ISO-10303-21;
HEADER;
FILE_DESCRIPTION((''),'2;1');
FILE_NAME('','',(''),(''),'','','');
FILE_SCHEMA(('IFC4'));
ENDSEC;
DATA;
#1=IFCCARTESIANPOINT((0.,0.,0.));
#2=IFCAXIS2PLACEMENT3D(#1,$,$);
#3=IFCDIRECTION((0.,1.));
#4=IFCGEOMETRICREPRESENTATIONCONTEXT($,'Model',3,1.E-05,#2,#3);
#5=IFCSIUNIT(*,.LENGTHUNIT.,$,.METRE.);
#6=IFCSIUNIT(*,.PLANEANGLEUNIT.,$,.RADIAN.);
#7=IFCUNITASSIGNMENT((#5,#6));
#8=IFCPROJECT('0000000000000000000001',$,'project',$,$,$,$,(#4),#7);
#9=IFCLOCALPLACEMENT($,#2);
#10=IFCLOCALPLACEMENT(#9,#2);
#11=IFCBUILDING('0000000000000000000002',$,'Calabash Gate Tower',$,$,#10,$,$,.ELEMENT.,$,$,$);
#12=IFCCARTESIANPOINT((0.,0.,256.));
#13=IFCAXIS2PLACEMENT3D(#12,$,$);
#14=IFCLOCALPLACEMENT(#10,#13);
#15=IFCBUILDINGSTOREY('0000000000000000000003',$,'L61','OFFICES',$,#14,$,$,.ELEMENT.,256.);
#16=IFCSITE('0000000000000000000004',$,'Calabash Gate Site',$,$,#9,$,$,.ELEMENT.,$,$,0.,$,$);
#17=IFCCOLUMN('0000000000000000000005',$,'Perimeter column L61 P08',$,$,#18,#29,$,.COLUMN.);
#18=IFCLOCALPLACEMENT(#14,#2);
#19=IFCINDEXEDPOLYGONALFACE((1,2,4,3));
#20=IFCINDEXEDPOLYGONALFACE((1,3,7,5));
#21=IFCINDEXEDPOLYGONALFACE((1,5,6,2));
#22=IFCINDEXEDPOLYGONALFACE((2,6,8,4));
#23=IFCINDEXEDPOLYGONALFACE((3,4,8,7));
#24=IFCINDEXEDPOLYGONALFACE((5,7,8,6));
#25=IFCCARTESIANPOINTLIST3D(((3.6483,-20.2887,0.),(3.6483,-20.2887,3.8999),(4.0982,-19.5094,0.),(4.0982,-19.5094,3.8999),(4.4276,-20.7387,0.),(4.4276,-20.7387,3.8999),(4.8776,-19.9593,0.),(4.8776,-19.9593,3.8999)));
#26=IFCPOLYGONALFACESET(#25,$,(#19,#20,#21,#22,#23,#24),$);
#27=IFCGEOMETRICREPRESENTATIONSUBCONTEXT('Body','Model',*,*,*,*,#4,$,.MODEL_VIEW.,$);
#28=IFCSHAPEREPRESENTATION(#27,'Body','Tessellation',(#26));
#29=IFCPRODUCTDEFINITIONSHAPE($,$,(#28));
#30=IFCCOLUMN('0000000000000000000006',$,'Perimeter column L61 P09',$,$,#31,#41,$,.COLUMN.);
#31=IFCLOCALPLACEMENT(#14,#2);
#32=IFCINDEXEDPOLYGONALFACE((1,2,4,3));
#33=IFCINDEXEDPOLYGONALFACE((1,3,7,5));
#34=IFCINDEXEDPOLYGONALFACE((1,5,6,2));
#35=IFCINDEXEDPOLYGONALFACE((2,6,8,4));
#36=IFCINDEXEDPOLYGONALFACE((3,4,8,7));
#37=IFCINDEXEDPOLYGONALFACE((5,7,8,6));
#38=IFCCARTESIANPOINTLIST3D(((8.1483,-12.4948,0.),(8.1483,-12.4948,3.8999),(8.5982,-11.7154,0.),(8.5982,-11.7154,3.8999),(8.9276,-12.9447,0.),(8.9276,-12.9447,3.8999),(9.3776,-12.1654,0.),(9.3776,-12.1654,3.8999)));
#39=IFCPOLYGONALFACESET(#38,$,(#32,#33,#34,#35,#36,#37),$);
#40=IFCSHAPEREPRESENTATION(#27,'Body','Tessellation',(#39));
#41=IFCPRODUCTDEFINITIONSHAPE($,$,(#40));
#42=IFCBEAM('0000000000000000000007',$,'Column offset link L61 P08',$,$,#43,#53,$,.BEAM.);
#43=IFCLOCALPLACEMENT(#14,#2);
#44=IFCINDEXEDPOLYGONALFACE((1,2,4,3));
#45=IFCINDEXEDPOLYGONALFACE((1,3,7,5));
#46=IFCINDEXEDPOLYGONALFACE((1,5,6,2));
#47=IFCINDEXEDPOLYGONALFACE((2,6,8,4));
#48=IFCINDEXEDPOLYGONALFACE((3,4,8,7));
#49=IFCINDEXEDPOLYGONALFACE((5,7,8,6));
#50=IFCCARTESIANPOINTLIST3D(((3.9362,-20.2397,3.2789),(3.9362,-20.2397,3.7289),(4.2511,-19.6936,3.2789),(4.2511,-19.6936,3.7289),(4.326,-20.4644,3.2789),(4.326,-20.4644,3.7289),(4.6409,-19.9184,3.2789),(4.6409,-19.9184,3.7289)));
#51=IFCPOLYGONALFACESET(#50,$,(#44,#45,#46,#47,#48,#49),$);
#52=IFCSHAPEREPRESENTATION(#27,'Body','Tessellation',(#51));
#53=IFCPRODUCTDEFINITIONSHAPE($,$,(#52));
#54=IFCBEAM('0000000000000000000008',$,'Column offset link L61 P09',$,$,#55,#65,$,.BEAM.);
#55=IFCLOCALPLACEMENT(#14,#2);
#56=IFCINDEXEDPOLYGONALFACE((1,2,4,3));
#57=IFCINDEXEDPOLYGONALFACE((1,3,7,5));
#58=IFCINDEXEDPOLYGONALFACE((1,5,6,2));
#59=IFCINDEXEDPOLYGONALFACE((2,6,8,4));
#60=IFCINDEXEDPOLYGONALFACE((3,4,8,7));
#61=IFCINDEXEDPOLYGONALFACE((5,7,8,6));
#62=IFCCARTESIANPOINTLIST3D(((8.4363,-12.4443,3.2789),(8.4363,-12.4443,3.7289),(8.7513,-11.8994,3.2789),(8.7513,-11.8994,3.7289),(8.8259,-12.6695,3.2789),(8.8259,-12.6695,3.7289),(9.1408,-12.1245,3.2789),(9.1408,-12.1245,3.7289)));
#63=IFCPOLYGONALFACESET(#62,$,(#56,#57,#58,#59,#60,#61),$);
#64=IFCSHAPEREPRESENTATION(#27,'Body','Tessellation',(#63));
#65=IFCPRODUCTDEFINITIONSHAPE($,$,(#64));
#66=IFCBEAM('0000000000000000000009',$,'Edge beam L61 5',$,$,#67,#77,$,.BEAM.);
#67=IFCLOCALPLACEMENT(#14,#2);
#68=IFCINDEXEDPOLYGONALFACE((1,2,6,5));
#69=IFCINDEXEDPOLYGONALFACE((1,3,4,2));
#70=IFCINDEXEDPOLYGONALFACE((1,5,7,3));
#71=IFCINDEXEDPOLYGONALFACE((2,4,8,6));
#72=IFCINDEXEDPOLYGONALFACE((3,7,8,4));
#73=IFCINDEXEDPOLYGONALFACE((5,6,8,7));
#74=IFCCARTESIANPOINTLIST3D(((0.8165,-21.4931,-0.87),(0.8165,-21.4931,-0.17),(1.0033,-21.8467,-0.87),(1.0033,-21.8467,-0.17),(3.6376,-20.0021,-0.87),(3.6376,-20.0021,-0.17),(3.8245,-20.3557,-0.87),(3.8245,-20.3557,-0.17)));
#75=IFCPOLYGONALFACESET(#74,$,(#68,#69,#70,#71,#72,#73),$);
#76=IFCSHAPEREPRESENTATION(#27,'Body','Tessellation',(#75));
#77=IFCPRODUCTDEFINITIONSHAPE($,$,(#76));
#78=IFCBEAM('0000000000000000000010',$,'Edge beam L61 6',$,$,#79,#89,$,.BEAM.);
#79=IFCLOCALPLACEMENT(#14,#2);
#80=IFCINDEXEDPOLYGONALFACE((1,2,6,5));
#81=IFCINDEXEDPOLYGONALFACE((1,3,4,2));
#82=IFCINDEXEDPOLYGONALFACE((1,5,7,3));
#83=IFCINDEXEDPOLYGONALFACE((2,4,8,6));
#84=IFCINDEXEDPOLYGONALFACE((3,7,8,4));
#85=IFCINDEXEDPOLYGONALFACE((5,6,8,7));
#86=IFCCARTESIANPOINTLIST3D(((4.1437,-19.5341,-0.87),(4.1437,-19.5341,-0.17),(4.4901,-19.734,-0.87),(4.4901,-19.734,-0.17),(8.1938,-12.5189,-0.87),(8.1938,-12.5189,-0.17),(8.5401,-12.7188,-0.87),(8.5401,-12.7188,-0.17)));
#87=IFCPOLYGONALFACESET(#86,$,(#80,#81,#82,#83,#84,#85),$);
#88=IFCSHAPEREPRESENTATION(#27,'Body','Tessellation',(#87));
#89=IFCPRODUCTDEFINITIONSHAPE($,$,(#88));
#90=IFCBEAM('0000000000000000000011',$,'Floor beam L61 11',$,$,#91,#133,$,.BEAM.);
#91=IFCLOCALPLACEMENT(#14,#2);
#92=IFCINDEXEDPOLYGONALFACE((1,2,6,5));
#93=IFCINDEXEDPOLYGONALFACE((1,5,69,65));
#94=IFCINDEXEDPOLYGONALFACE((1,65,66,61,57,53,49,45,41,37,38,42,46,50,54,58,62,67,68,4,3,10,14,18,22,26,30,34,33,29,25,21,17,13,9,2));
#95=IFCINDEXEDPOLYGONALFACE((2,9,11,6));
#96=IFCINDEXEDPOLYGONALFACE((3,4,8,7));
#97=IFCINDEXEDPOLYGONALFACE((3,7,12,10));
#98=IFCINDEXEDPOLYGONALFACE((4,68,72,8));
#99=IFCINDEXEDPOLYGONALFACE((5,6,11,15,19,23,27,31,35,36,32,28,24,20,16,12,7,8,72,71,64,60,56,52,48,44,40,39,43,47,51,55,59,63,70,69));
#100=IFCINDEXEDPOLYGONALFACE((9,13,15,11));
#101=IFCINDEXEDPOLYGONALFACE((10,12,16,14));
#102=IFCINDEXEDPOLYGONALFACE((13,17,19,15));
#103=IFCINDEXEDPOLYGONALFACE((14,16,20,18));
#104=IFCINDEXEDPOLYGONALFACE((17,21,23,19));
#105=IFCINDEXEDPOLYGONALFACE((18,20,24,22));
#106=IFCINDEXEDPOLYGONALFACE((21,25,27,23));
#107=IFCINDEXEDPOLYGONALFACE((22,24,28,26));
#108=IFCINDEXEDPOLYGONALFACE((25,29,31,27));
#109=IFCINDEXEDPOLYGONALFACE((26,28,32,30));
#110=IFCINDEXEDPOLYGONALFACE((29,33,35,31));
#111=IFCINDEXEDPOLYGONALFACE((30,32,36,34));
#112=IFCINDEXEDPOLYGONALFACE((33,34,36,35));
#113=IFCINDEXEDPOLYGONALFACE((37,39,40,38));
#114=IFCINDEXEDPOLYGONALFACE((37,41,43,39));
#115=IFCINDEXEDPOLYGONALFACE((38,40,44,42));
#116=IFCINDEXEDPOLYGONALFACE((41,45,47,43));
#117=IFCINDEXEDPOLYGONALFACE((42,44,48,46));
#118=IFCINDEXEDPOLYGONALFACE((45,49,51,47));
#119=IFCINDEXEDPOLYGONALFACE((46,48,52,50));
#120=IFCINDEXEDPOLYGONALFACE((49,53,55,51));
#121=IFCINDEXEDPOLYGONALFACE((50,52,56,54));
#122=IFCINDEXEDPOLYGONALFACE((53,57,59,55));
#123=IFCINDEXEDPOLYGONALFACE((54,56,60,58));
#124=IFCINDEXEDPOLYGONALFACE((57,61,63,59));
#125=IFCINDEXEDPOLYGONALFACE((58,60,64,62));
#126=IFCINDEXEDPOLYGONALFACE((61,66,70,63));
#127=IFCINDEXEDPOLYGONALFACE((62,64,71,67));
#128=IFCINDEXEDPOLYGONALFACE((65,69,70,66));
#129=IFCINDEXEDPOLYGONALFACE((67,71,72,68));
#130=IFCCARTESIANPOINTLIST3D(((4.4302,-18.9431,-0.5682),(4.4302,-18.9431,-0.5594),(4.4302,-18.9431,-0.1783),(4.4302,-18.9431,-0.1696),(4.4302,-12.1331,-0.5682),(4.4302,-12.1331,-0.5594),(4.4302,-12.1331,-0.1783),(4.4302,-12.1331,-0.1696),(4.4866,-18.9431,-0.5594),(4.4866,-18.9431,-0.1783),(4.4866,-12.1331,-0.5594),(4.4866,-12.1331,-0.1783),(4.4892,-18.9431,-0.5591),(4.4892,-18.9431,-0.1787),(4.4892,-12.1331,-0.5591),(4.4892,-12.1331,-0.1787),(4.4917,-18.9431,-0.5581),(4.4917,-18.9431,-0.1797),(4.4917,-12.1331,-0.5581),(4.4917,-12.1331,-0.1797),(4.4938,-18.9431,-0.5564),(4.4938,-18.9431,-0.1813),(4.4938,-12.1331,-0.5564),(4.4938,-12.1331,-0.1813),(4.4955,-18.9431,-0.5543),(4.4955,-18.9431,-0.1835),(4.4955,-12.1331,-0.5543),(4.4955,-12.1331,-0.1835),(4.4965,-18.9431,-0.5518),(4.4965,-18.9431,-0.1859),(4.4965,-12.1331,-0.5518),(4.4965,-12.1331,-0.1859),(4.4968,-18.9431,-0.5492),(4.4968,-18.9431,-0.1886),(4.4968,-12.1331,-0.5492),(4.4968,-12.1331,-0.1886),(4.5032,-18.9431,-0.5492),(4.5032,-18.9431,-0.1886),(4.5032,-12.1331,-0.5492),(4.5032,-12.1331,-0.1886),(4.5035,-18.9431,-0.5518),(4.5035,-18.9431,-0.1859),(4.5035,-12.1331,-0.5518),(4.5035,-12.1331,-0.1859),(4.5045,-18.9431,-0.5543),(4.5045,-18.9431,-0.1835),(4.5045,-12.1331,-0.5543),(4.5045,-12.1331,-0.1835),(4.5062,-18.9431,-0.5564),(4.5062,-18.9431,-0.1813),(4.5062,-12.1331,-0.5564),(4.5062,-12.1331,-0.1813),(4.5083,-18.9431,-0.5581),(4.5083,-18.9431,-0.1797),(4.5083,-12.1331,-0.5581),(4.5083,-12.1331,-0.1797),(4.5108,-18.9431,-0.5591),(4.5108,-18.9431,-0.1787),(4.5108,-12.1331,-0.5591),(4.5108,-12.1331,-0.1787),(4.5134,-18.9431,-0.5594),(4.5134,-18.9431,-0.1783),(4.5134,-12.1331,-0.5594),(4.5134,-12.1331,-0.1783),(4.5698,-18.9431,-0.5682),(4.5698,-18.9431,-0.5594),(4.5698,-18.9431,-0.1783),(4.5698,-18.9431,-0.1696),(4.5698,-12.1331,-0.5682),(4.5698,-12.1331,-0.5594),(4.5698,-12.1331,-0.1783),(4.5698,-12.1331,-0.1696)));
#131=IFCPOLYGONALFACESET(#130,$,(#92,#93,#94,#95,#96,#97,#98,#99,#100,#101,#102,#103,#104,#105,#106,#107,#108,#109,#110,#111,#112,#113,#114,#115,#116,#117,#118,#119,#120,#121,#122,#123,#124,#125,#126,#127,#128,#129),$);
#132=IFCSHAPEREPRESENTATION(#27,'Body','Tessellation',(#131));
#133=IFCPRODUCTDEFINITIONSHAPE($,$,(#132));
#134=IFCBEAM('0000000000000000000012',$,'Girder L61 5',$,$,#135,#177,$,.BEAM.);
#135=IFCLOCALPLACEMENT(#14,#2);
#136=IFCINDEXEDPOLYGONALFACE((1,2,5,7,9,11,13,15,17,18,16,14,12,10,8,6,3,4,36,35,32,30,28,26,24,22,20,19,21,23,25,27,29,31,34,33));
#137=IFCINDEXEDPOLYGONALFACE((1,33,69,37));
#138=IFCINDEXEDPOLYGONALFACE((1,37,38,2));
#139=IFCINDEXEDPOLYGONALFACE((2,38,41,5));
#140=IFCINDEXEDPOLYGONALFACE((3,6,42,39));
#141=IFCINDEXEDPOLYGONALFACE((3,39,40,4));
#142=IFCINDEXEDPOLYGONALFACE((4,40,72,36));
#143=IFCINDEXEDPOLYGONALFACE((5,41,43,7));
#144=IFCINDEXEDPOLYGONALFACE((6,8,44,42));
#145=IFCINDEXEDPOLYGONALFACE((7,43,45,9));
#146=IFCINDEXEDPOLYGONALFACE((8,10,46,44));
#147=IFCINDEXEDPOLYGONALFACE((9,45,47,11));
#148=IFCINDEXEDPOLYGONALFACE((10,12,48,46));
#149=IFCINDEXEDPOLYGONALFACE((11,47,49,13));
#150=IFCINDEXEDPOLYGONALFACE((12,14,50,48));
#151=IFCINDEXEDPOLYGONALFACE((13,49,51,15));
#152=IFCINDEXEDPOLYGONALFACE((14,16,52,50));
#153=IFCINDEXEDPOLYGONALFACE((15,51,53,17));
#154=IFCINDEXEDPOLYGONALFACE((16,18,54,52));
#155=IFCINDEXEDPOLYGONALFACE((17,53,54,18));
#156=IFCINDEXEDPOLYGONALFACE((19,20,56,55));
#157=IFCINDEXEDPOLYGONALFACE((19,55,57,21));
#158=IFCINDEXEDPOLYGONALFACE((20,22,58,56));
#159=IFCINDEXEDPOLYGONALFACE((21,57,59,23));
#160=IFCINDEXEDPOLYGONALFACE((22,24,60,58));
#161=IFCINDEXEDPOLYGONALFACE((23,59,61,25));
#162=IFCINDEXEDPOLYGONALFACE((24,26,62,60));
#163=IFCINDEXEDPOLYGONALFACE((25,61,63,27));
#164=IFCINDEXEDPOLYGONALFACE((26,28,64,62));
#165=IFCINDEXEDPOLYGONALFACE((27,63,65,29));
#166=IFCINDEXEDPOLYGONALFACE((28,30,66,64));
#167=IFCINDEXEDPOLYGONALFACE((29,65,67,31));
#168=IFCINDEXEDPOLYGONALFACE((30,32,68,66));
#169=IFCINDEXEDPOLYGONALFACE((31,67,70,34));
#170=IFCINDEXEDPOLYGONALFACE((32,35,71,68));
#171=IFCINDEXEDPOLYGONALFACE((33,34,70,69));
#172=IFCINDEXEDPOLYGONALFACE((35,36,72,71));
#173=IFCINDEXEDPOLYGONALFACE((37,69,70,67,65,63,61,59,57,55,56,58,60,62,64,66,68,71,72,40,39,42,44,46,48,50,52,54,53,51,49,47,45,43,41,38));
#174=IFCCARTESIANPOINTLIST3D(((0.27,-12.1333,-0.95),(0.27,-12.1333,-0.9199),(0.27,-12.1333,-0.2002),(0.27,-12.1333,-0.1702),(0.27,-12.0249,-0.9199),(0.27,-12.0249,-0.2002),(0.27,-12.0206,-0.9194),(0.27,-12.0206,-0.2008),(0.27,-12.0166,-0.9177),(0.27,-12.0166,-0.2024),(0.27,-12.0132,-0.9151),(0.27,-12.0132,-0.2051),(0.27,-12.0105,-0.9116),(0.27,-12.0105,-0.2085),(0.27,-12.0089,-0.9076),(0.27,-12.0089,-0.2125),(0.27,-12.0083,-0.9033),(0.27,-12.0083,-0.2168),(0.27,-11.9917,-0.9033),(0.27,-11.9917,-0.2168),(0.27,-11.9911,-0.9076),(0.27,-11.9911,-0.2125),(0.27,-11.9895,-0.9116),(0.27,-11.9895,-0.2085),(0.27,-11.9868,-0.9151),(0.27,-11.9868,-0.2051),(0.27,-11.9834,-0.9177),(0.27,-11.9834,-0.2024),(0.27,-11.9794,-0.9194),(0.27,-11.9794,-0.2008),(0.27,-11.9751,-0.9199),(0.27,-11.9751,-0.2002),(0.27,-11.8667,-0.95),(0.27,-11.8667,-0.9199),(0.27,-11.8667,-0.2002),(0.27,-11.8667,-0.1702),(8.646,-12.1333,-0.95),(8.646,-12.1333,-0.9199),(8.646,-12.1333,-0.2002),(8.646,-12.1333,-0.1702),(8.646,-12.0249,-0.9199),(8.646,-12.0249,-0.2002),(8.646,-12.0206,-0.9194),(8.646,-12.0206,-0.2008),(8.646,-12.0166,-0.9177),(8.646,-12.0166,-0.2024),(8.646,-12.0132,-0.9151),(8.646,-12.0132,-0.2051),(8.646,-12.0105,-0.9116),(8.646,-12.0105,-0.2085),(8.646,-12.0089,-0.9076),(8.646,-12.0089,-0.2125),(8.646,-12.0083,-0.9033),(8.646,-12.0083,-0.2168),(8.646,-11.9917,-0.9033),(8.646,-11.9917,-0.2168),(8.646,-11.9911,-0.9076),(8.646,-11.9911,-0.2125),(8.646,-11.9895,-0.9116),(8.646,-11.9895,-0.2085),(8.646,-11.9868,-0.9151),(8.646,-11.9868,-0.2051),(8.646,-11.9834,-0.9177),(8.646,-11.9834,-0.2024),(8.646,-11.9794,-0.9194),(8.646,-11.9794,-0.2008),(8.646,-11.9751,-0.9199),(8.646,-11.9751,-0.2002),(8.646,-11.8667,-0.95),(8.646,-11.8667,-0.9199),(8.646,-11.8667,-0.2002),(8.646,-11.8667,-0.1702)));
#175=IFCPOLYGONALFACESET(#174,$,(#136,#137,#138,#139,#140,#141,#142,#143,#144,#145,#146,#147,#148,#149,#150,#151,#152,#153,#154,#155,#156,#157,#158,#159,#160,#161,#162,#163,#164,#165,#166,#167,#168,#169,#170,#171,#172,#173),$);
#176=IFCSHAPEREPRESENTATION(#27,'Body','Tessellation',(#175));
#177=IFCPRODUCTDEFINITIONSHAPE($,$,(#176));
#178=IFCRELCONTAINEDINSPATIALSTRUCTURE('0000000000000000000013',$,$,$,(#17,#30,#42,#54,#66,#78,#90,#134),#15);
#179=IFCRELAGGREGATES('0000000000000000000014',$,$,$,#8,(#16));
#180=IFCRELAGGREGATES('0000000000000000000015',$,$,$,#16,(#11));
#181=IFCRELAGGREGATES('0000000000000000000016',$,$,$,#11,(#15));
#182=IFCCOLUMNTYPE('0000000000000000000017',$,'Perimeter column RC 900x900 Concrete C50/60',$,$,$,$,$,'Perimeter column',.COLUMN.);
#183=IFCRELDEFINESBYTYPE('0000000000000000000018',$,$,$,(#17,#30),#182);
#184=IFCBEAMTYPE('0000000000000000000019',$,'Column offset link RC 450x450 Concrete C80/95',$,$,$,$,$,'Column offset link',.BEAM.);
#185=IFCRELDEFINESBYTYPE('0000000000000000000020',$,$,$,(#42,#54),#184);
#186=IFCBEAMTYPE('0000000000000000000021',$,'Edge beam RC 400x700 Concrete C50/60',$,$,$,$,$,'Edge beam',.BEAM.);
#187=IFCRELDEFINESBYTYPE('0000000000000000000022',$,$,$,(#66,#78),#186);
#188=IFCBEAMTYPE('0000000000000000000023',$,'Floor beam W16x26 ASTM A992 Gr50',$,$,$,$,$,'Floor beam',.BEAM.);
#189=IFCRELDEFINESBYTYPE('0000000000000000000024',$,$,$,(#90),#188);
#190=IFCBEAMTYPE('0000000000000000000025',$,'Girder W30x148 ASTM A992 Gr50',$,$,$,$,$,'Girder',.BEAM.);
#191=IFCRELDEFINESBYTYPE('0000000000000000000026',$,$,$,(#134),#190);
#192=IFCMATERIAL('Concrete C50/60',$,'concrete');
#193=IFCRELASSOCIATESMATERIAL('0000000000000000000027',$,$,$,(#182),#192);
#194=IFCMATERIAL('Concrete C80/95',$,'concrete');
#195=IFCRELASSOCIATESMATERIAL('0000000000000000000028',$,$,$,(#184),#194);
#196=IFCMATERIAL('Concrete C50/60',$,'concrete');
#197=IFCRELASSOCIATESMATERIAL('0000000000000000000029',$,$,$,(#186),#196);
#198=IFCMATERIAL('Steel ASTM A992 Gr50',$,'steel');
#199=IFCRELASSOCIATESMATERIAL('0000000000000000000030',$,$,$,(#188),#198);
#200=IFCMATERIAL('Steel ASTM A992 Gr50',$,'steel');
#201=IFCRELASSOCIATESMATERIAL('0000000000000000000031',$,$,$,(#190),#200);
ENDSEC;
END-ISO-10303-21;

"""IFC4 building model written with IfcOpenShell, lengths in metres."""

from ifc_helpers import new_model, si_unit, direction, frame, origin, origin_2d, place, context, subcontext, project, spatial, rectangle, i_section, extrude, material, material_profile, profile_set, type_object, element, save


model = new_model("IFC4")

# Units and contexts
model_context = context("Model", 3, precision=1e-05, world=origin(), true_north=direction((0.0, 1.0)))
body_context = subcontext(model_context, "Body", "Model", "MODEL_VIEW")
ifc_project = project(units=[si_unit("LENGTHUNIT", "METRE"), si_unit("PLANEANGLEUNIT", "RADIAN")], contexts=[model_context])

# Site, building, storey
site_placement = place(None, origin())
site = spatial("IfcSite", under=ifc_project, at=site_placement, Name="Calabash Gate Site", CompositionType="ELEMENT", RefElevation=0.0)
building_placement = place(site_placement, origin())
building = spatial("IfcBuilding", under=site, at=building_placement, Name="Calabash Gate Tower", CompositionType="ELEMENT")
storey_placement = place(building_placement, frame((0.0, 0.0, 256.0)))
storey = spatial("IfcBuildingStorey", under=building, at=storey_placement, Name="L61", Description="OFFICES", CompositionType="ELEMENT", Elevation=256.0)

# Columns
ifc_material_1 = material(Name="Concrete C50/60", Category="concrete")
ifc_material_profile_1 = material_profile(ifc_material_1, rectangle(XDim=0.8999, YDim=0.8999, at=origin_2d()))
ifc_profile_set_1 = profile_set([ifc_material_profile_1], Name="Concrete C50/60")
column_type = type_object("IfcColumnType", Name="Perimeter column RC 900x900 Concrete C50/60", ElementType="Perimeter column", PredefinedType="COLUMN", material=ifc_profile_set_1)
for number, where, z_axis, x_axis, name in (
    (1, (4.2629, -20.124, 0.0), (0.0, 0.0, 1.0), (0.5, 0.866025, 0.0), "Perimeter column L61 P08"),
    (2, (8.7629, -12.3301, 0.0), (0.0, 0.0, 1.0), (0.5, 0.866025, 0.0), "Perimeter column L61 P09"),
):
    element("IfcColumn", number, at=place(storey_placement, frame(where, z_axis=z_axis, x_axis=x_axis)), inside=storey, type_object=column_type, Name=name, PredefinedType="COLUMN", context=body_context, shape_type="SweptSolid", body=[
        extrude(rectangle(XDim=0.8999, YDim=0.8999, at=origin_2d()), origin(), (0.0, 0.0, 1.0), 3.8999),
    ])

# Beams
ifc_material_2 = material(Name="Concrete C80/95", Category="concrete")
ifc_material_profile_2 = material_profile(ifc_material_2, rectangle(XDim=0.45, YDim=0.45, at=origin_2d()))
ifc_profile_set_2 = profile_set([ifc_material_profile_2], Name="Concrete C80/95")
beam_type_1 = type_object("IfcBeamType", Name="Column offset link RC 450x450 Concrete C80/95", ElementType="Column offset link", PredefinedType="BEAM", material=ifc_profile_set_2)
beam_1_placement = place(storey_placement, frame((4.1311, -20.3521, 3.5039), z_axis=(0.499555, 0.866282, 0.0), x_axis=(-0.866282, 0.499555, 0.0)))
element("IfcBeam", 3, at=beam_1_placement, inside=storey, type_object=beam_type_1, Name="Column offset link L61 P08", PredefinedType="BEAM", context=body_context, shape_type="SweptSolid", body=[
    extrude(rectangle(XDim=0.45, YDim=0.45, at=origin_2d()), origin(), (0.0, 0.0, 1.0), 0.6304),
])
beam_2_placement = place(storey_placement, frame((8.6311, -12.5569, 3.5039), z_axis=(0.500394, 0.865798, 0.0), x_axis=(-0.865798, 0.500394, 0.0)))
element("IfcBeam", 4, at=beam_2_placement, inside=storey, type_object=beam_type_1, Name="Column offset link L61 P09", PredefinedType="BEAM", context=body_context, shape_type="SweptSolid", body=[
    extrude(rectangle(XDim=0.45, YDim=0.45, at=origin_2d()), origin(), (0.0, 0.0, 1.0), 0.6294),
])
ifc_material_3 = material(Name="Concrete C50/60", Category="concrete")
ifc_material_profile_3 = material_profile(ifc_material_3, rectangle(XDim=0.3999, YDim=0.7, at=origin_2d()))
ifc_profile_set_3 = profile_set([ifc_material_profile_3], Name="Concrete C50/60")
beam_type_2 = type_object("IfcBeamType", Name="Edge beam RC 400x700 Concrete C50/60", ElementType="Edge beam", PredefinedType="BEAM", material=ifc_profile_set_3)
beam_3_placement = place(storey_placement, frame((0.9099, -21.6699, -0.52), z_axis=(0.884115, 0.467269, 0.0), x_axis=(-0.467269, 0.884115, 0.0)))
element("IfcBeam", 5, at=beam_3_placement, inside=storey, type_object=beam_type_2, Name="Edge beam L61 5", PredefinedType="BEAM", context=body_context, shape_type="SweptSolid", body=[
    extrude(rectangle(XDim=0.3999, YDim=0.7, at=origin_2d()), origin(), (0.0, 0.0, 1.0), 3.1909),
])
beam_4_placement = place(storey_placement, frame((4.3169, -19.634, -0.52), z_axis=(0.499987, 0.866033, 0.0), x_axis=(-0.866033, 0.499987, 0.0)))
element("IfcBeam", 6, at=beam_4_placement, inside=storey, type_object=beam_type_2, Name="Edge beam L61 6", PredefinedType="BEAM", context=body_context, shape_type="SweptSolid", body=[
    extrude(rectangle(XDim=0.3999, YDim=0.7, at=origin_2d()), origin(), (0.0, 0.0, 1.0), 8.1003),
])
ifc_material_4 = material(Name="Steel ASTM A992 Gr50", Category="steel")
ifc_material_profile_4 = material_profile(ifc_material_4, i_section(OverallWidth=0.1396, OverallDepth=0.3987, WebThickness=0.0063, FlangeThickness=0.0088, FilletRadius=0.0103, at=origin_2d()))
ifc_profile_set_4 = profile_set([ifc_material_profile_4], Name="Steel ASTM A992 Gr50")
beam_type_3 = type_object("IfcBeamType", Name="Floor beam W16x26 ASTM A992 Gr50", ElementType="Floor beam", PredefinedType="BEAM", material=ifc_profile_set_4)
beam_5_placement = place(storey_placement, frame((4.5, -18.9431, -0.3689), z_axis=(0.0, 1.0, 0.0), x_axis=(-1.0, 0.0, 0.0)))
element("IfcBeam", 7, at=beam_5_placement, inside=storey, type_object=beam_type_3, Name="Floor beam L61 11", PredefinedType="BEAM", context=body_context, shape_type="SweptSolid", body=[
    extrude(i_section(OverallWidth=0.1396, OverallDepth=0.3987, WebThickness=0.0063, FlangeThickness=0.0088, FilletRadius=0.0103, at=origin_2d()), origin(), (0.0, 0.0, 1.0), 6.8101),
])
ifc_material_5 = material(Name="Steel ASTM A992 Gr50", Category="steel")
ifc_material_profile_5 = material_profile(ifc_material_5, i_section(OverallWidth=0.2666, OverallDepth=0.7798, WebThickness=0.0166, FlangeThickness=0.03, FilletRadius=0.0166, at=origin_2d()))
ifc_profile_set_5 = profile_set([ifc_material_profile_5], Name="Steel ASTM A992 Gr50")
beam_type_4 = type_object("IfcBeamType", Name="Girder W30x148 ASTM A992 Gr50", ElementType="Girder", PredefinedType="BEAM", material=ifc_profile_set_5)
beam_6_placement = place(storey_placement, frame((0.27, -12.0, -0.5601), z_axis=(1.0, 0.0, 0.0), x_axis=(0.0, 1.0, 0.0)))
element("IfcBeam", 8, at=beam_6_placement, inside=storey, type_object=beam_type_4, Name="Girder L61 5", PredefinedType="BEAM", context=body_context, shape_type="SweptSolid", body=[
    extrude(i_section(OverallWidth=0.2666, OverallDepth=0.7798, WebThickness=0.0166, FlangeThickness=0.03, FilletRadius=0.0166, at=origin_2d()), origin(), (0.0, 0.0, 1.0), 8.376),
])

save(model, "model.ifc")
